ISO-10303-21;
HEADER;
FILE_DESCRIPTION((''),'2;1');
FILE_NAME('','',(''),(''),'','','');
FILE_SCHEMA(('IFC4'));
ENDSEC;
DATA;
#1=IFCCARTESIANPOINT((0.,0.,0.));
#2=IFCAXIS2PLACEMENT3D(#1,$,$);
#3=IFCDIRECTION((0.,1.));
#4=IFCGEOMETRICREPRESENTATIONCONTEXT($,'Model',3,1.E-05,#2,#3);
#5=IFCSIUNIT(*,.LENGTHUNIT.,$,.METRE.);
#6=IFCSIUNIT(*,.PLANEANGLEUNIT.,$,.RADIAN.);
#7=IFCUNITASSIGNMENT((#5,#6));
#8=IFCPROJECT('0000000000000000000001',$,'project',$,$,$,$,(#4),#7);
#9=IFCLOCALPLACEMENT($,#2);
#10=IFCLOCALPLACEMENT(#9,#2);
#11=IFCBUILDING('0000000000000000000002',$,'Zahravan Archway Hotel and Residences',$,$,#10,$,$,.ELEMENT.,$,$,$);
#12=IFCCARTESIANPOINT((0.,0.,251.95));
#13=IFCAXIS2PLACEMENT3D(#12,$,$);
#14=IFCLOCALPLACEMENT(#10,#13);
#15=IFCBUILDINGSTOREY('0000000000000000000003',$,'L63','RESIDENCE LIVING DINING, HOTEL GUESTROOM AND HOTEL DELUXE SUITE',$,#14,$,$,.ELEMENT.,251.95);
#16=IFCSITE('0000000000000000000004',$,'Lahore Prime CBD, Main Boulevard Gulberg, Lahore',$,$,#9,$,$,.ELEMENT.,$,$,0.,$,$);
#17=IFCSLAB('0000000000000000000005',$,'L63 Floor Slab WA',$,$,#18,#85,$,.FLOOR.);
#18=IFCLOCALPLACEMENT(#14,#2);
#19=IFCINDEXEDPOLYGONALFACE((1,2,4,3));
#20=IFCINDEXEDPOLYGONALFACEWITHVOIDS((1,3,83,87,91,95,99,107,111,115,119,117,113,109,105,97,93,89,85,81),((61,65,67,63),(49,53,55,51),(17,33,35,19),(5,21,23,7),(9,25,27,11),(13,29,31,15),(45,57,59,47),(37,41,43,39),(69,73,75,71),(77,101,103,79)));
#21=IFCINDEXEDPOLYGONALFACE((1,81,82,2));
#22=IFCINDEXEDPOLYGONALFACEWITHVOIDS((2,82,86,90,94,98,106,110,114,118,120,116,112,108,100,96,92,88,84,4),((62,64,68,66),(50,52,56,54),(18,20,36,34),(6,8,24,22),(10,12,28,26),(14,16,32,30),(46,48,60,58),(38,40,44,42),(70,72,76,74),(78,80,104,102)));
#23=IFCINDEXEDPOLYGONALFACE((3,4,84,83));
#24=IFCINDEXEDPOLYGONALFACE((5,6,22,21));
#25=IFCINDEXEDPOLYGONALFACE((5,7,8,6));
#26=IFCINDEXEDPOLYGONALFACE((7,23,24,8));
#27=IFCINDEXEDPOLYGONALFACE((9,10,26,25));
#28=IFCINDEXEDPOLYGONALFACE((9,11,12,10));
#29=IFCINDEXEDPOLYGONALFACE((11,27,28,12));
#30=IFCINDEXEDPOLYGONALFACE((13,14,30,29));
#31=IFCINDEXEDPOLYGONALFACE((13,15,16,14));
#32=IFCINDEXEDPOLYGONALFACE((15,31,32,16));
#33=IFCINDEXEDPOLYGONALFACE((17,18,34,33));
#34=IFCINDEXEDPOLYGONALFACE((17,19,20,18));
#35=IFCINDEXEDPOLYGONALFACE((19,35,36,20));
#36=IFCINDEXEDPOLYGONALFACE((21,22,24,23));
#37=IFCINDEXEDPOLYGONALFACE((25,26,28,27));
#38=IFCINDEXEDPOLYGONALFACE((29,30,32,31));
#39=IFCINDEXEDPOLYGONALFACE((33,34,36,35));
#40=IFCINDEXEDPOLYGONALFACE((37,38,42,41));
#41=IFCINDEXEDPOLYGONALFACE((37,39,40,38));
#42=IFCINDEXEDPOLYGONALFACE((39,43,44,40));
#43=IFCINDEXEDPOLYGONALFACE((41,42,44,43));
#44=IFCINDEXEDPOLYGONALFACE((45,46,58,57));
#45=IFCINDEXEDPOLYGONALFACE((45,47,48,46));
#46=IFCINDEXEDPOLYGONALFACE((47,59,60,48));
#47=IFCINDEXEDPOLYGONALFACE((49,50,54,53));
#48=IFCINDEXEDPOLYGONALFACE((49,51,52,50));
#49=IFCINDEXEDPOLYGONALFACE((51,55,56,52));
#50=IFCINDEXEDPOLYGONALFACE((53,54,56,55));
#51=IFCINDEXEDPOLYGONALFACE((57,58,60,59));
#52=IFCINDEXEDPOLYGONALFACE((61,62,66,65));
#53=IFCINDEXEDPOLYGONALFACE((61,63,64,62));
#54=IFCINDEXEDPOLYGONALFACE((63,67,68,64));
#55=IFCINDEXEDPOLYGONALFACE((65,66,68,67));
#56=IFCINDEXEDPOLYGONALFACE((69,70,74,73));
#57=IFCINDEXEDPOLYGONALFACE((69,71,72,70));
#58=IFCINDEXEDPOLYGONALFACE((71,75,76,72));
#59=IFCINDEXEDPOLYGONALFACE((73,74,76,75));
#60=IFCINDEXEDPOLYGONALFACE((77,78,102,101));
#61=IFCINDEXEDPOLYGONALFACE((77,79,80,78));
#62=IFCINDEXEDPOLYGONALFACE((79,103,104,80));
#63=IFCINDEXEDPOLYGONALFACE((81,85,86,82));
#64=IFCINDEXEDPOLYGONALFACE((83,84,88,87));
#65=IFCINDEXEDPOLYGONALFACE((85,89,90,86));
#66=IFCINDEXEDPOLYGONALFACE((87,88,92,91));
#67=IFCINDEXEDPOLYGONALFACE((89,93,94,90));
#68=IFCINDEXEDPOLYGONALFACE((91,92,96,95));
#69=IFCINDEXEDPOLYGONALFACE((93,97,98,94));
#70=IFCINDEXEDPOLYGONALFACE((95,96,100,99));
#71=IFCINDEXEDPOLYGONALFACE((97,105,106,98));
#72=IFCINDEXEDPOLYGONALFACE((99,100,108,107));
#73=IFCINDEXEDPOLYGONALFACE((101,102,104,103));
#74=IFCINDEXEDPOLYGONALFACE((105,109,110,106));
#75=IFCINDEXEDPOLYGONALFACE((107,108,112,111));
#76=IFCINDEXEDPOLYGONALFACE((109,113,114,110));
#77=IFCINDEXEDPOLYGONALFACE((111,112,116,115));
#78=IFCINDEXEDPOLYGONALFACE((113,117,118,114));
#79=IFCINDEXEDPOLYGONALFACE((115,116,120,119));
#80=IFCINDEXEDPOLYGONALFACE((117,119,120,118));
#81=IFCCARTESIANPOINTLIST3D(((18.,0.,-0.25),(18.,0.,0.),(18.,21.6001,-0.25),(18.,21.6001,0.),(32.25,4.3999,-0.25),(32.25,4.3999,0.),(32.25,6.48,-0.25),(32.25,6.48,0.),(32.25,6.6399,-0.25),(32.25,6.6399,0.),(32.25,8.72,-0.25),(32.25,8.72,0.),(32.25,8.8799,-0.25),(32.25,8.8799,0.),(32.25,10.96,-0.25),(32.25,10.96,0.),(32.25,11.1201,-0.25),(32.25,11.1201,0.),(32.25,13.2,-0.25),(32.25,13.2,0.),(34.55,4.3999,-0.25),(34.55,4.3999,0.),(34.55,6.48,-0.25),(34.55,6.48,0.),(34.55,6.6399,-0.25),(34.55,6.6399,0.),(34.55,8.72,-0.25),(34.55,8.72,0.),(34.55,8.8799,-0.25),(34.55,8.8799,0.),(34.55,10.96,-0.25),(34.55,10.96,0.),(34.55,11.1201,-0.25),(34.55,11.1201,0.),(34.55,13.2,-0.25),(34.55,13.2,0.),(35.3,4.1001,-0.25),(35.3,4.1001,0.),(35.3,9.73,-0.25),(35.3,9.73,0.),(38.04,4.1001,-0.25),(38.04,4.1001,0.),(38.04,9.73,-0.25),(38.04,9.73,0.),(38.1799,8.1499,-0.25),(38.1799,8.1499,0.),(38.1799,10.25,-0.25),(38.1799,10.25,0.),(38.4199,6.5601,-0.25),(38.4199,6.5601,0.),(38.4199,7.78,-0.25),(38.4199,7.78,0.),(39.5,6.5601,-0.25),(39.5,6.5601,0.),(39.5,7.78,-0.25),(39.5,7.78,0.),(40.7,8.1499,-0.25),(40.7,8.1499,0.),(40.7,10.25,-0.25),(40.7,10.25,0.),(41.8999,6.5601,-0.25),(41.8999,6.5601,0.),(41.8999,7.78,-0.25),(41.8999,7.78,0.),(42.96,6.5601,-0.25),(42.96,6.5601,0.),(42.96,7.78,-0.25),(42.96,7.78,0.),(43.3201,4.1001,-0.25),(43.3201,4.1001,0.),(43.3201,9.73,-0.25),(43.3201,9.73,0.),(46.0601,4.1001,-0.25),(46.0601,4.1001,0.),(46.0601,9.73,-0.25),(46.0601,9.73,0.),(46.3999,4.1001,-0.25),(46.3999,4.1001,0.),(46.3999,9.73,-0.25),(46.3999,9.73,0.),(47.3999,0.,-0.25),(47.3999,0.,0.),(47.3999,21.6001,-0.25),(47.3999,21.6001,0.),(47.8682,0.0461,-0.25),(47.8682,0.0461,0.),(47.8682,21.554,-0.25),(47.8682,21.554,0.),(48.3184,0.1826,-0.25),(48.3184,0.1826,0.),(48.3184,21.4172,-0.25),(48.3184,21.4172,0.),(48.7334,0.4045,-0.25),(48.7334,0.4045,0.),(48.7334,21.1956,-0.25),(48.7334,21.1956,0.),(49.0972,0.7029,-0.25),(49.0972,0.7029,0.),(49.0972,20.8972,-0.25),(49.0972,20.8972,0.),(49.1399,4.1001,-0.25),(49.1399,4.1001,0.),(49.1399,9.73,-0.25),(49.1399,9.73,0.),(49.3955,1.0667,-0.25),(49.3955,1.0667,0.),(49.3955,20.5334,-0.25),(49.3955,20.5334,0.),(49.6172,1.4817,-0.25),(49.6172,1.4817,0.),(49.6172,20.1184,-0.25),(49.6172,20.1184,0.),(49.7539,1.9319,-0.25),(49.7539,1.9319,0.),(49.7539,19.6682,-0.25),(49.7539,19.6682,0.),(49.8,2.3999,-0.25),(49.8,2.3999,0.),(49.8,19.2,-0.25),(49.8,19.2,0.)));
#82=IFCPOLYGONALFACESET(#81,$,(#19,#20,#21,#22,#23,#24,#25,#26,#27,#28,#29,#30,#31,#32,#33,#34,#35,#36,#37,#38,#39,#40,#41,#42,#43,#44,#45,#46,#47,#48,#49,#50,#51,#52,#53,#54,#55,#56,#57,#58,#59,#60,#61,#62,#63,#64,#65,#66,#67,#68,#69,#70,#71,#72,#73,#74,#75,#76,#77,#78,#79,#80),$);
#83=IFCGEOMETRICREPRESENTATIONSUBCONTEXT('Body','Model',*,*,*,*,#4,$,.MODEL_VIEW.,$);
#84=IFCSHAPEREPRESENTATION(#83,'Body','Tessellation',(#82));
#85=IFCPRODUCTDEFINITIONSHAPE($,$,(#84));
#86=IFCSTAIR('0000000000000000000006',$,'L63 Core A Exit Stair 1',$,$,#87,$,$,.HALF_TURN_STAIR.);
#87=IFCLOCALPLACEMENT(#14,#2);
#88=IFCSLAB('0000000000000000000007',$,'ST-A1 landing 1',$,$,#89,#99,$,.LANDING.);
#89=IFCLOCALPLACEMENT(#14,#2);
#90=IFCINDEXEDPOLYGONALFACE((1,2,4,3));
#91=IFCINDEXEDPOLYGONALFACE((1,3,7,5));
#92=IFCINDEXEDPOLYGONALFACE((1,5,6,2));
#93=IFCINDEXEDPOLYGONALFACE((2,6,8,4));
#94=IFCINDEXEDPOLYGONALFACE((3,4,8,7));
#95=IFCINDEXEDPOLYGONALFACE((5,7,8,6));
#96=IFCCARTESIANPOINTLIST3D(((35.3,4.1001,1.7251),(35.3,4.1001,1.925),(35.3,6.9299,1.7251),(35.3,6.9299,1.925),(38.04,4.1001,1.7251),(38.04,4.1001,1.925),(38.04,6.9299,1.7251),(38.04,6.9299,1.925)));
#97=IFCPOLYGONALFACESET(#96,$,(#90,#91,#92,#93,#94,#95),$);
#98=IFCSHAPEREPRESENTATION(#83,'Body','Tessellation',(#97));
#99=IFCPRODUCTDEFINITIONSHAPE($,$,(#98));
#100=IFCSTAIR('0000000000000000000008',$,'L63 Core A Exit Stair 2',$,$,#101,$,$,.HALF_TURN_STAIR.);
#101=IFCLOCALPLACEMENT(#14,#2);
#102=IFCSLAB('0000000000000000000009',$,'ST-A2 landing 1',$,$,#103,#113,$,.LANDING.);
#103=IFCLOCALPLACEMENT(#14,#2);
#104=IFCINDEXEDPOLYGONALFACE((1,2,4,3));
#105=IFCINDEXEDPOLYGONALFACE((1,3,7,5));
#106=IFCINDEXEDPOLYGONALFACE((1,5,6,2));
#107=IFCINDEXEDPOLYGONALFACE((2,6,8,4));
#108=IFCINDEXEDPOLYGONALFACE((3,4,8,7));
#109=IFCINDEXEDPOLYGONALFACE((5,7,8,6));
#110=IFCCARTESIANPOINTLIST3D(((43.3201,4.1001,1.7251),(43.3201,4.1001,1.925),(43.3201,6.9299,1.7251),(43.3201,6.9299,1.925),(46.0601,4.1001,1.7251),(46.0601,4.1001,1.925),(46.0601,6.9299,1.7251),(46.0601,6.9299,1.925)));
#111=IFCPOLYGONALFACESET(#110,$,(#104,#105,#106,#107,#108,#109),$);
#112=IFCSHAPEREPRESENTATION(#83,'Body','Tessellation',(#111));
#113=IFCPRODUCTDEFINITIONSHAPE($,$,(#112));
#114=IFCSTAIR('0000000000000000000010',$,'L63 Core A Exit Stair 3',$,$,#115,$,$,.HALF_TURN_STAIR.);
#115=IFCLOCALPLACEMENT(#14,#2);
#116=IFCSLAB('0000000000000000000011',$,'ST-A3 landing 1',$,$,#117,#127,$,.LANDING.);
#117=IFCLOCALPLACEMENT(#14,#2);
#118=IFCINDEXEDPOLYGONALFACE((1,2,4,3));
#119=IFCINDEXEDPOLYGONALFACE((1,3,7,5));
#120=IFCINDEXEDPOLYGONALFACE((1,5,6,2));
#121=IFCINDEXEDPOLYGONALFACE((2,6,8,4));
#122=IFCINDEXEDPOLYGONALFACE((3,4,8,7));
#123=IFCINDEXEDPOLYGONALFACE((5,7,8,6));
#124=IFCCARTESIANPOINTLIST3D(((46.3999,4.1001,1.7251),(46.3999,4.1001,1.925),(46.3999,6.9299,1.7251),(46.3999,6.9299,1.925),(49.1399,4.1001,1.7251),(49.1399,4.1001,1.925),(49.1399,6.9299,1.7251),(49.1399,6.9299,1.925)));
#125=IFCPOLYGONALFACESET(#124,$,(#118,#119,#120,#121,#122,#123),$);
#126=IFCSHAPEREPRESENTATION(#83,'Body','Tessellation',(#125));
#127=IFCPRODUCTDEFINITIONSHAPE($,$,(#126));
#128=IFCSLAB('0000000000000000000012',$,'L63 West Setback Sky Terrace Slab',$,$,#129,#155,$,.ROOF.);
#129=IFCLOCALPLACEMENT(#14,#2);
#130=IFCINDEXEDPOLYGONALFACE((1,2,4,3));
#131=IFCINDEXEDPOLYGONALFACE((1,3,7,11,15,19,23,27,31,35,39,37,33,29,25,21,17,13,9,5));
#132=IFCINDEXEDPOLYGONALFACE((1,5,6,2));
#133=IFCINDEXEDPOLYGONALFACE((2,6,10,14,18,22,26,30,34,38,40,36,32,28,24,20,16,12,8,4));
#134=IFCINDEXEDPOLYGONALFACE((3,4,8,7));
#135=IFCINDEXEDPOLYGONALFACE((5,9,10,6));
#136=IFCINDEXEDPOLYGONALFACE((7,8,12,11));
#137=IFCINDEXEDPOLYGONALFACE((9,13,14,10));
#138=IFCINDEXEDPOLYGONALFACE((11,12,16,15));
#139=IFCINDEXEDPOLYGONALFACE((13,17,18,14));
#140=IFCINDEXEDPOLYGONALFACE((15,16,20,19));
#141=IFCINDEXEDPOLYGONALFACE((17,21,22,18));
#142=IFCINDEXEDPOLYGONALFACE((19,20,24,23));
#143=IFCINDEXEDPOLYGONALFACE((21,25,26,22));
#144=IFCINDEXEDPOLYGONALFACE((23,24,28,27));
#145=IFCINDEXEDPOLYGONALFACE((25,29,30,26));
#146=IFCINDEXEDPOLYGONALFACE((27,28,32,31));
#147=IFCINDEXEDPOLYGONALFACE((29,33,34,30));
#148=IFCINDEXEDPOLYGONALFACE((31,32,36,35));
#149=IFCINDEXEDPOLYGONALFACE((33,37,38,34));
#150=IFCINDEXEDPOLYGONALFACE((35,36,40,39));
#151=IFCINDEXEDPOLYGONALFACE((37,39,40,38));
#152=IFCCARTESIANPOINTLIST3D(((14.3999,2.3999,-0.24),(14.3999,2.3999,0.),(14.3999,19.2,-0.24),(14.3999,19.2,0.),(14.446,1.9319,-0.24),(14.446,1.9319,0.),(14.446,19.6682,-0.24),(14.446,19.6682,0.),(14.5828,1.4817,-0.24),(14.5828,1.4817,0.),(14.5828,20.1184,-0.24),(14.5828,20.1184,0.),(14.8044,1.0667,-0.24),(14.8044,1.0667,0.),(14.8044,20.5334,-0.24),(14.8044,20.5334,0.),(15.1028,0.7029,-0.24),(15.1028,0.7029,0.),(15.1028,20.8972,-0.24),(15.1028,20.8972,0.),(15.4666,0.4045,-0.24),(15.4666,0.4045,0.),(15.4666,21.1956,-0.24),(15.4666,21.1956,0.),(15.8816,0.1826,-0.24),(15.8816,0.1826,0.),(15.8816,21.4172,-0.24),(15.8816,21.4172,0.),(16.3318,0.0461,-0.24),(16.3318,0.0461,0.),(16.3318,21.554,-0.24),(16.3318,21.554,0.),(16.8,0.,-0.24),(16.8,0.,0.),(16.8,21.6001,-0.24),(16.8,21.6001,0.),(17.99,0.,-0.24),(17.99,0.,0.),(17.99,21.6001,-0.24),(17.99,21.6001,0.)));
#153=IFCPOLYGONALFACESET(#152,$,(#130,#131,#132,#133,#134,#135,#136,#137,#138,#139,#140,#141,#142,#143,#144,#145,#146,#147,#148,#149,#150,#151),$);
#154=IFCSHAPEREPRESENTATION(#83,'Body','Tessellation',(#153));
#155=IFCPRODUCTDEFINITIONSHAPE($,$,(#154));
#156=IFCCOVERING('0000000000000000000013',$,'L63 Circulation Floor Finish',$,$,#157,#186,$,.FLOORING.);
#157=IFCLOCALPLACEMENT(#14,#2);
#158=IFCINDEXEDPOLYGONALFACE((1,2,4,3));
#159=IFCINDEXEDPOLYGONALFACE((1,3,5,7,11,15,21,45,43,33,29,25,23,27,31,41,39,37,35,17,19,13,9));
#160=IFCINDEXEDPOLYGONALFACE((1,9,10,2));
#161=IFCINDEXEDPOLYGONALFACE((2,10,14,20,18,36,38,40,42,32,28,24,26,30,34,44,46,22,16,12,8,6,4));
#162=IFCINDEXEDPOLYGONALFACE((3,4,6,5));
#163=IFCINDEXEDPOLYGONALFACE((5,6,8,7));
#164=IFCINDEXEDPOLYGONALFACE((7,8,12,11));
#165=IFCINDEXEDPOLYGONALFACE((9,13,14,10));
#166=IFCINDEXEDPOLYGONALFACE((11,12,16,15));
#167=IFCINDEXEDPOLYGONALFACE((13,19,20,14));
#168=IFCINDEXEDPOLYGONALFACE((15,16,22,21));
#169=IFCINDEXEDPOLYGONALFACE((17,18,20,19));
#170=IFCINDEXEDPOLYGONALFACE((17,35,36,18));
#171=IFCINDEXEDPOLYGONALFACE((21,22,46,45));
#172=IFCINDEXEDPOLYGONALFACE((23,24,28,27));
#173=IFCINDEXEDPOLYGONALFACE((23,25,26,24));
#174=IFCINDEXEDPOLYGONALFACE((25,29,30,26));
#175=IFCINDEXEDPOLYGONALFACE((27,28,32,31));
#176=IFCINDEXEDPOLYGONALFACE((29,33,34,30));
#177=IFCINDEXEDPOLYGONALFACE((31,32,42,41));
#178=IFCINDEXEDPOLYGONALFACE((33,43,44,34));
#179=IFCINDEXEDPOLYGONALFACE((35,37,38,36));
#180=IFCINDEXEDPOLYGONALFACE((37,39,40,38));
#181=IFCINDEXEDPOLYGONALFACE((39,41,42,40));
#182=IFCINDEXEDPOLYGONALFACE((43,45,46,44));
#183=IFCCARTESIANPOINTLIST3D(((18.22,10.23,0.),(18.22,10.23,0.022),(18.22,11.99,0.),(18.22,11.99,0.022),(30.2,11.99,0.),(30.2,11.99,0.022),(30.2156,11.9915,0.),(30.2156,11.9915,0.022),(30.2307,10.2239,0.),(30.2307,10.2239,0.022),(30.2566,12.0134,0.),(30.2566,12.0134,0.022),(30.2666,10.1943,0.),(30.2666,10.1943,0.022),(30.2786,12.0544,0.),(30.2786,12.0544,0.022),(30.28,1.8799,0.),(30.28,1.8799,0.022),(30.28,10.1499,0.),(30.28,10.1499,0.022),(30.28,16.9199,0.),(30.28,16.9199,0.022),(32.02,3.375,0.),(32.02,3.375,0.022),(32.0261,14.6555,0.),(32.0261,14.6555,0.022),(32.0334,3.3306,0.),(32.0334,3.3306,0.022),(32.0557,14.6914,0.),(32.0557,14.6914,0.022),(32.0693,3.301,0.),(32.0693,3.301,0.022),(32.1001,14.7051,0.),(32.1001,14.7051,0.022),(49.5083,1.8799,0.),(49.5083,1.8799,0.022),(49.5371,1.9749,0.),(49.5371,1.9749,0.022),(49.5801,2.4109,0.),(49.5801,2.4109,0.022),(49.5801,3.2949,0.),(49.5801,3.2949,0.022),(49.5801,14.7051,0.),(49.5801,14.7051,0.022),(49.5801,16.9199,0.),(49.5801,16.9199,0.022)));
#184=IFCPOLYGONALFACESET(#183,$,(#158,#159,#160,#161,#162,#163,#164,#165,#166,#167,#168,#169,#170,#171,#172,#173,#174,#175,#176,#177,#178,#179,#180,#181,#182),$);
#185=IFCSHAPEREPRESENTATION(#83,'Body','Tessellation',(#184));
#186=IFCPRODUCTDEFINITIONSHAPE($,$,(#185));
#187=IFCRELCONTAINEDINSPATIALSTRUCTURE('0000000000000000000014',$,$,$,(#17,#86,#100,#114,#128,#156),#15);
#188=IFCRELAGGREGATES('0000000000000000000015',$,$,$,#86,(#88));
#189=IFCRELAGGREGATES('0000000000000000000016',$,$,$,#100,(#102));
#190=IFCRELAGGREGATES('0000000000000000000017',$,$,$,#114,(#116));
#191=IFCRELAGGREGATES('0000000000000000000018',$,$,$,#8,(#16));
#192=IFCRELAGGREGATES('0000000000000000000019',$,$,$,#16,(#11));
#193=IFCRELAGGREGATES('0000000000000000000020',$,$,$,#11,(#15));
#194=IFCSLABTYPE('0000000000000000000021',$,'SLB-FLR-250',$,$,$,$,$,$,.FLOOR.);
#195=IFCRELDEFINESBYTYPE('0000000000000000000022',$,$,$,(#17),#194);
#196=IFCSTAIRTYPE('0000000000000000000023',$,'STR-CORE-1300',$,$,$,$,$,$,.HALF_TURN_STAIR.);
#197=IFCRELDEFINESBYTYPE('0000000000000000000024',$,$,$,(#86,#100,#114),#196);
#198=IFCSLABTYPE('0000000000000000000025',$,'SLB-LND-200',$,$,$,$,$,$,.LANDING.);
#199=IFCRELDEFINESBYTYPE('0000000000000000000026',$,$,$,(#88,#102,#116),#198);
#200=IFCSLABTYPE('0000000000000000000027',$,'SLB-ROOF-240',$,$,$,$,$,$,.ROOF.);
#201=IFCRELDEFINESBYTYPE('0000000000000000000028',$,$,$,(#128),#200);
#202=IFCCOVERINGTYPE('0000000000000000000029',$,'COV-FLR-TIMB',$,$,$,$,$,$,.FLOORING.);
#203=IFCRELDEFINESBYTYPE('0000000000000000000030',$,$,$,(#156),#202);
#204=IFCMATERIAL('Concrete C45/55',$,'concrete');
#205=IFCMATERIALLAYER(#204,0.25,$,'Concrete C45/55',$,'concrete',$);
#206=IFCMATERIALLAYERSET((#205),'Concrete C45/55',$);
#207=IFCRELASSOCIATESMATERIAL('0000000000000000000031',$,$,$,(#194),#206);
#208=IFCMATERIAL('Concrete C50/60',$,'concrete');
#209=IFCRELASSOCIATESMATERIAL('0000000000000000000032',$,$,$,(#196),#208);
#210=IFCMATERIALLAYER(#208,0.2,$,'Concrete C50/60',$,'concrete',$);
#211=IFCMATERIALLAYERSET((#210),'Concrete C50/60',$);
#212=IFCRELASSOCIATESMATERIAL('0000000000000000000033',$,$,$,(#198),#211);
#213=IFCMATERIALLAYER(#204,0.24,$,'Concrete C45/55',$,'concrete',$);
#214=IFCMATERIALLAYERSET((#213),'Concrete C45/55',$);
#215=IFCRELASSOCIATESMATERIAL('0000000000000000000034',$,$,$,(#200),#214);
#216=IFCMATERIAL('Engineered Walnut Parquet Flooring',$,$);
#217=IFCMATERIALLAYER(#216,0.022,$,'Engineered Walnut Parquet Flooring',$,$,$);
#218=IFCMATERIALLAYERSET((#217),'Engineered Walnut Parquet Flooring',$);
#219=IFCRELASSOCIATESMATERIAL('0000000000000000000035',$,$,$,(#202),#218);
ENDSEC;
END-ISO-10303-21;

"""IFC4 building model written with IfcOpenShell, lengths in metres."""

from ifc_helpers import new_model, si_unit, direction, frame, origin, place, context, subcontext, project, spatial, polyline, outline, extrude, material, layer, layer_set, type_object, element, aggregate, save


model = new_model("IFC4")

# Units and contexts
model_context = context("Model", 3, precision=1e-05, world=origin(), true_north=direction((0.0, 1.0)))
body_context = subcontext(model_context, "Body", "Model", "MODEL_VIEW")
ifc_project = project(units=[si_unit("LENGTHUNIT", "METRE"), si_unit("PLANEANGLEUNIT", "RADIAN")], contexts=[model_context])

# Site, building, storey
site_placement = place(None, origin())
site = spatial("IfcSite", under=ifc_project, at=site_placement, Name="Lahore Prime CBD, Main Boulevard Gulberg, Lahore", CompositionType="ELEMENT", RefElevation=0.0)
building_placement = place(site_placement, origin())
building = spatial("IfcBuilding", under=site, at=building_placement, Name="Zahravan Archway Hotel and Residences", CompositionType="ELEMENT")
storey_placement = place(building_placement, frame((0.0, 0.0, 251.95)))
storey = spatial("IfcBuildingStorey", under=building, at=storey_placement, Name="L63", Description="RESIDENCE LIVING DINING, HOTEL GUESTROOM AND HOTEL DELUXE SUITE", CompositionType="ELEMENT", Elevation=251.95)

# Slab
ifc_material_1 = material(Name="Concrete C45/55", Category="concrete")
ifc_layer_1 = layer(ifc_material_1, 0.25, Name="Concrete C45/55", Category="concrete")
ifc_layer_set_1 = layer_set([ifc_layer_1], Name="Concrete C45/55")
slab_type_1 = type_object("IfcSlabType", Name="SLB-FLR-250", PredefinedType="FLOOR", material=ifc_layer_set_1)
slab_1_placement = place(storey_placement, frame((0.0, 0.0, -0.25)))
element("IfcSlab", 1, at=slab_1_placement, inside=storey, type_object=slab_type_1, Name="L63 Floor Slab WA", PredefinedType="FLOOR", context=body_context, shape_type="SweptSolid", body=[
    extrude(outline(polyline([(18.0, 0.0), (47.3999, 0.0), (47.8682, 0.0461), (48.3184, 0.1826), (48.7334, 0.4045), (49.0972, 0.7029), (49.3955, 1.0667), (49.6172, 1.4817), (49.7539, 1.9319), (49.8, 2.3999), (49.8, 19.2), (49.7539, 19.6682), (49.6172, 20.1184), (49.3955, 20.5334), (49.0972, 20.8972), (48.7334, 21.1956), (48.3184, 21.4172), (47.8682, 21.554), (47.3999, 21.6001), (18.0, 21.6001), (18.0, 0.0)]), holes=[polyline([(35.3, 9.73), (35.3, 4.1001), (38.04, 4.1001), (38.04, 9.73), (35.3, 9.73)]), polyline([(43.3201, 9.73), (43.3201, 4.1001), (46.0601, 4.1001), (46.0601, 9.73), (43.3201, 9.73)]), polyline([(46.3999, 9.73), (46.3999, 4.1001), (49.1399, 4.1001), (49.1399, 9.73), (46.3999, 9.73)]), polyline([(38.1799, 8.1499), (40.7, 8.1499), (40.7, 10.25), (38.1799, 10.25), (38.1799, 8.1499)]), polyline([(32.25, 4.3999), (34.55, 4.3999), (34.55, 6.48), (32.25, 6.48), (32.25, 4.3999)]), polyline([(32.25, 6.6399), (34.55, 6.6399), (34.55, 8.72), (32.25, 8.72), (32.25, 6.6399)]), polyline([(32.25, 8.8799), (34.55, 8.8799), (34.55, 10.96), (32.25, 10.96), (32.25, 8.8799)]), polyline([(32.25, 11.1201), (34.55, 11.1201), (34.55, 13.2), (32.25, 13.2), (32.25, 11.1201)]), polyline([(38.4199, 6.5601), (39.5, 6.5601), (39.5, 7.78), (38.4199, 7.78), (38.4199, 6.5601)]), polyline([(41.8999, 6.5601), (42.96, 6.5601), (42.96, 7.78), (41.8999, 7.78), (41.8999, 6.5601)])]), origin(), (0.0, 0.0, 1.0), 0.25),
])

# Stairs, slabs
ifc_material_2 = material(Name="Concrete C50/60", Category="concrete")
stair_type = type_object("IfcStairType", Name="STR-CORE-1300", PredefinedType="HALF_TURN_STAIR", material=ifc_material_2)
stair_1_placement = place(storey_placement, origin())
stair_1 = element("IfcStair", 2, at=stair_1_placement, inside=storey, type_object=stair_type, Name="L63 Core A Exit Stair 1", PredefinedType="HALF_TURN_STAIR")
ifc_layer_2 = layer(ifc_material_2, 0.2, Name="Concrete C50/60", Category="concrete")
ifc_layer_set_2 = layer_set([ifc_layer_2], Name="Concrete C50/60")
slab_type_2 = type_object("IfcSlabType", Name="SLB-LND-200", PredefinedType="LANDING", material=ifc_layer_set_2)
slab_2_placement = place(storey_placement, frame((0.0, 0.0, 1.7251)))
slab_2 = element("IfcSlab", 3, at=slab_2_placement, type_object=slab_type_2, Name="ST-A1 landing 1", PredefinedType="LANDING", context=body_context, shape_type="SweptSolid", body=[
    extrude(outline(polyline([(35.3, 6.9299), (35.3, 4.1001), (38.04, 4.1001), (38.04, 6.9299), (35.3, 6.9299)])), origin(), (0.0, 0.0, 1.0), 0.2),
])
aggregate(stair_1, [slab_2])
stair_2_placement = place(storey_placement, origin())
stair_2 = element("IfcStair", 4, at=stair_2_placement, inside=storey, type_object=stair_type, Name="L63 Core A Exit Stair 2", PredefinedType="HALF_TURN_STAIR")
slab_3_placement = place(storey_placement, frame((0.0, 0.0, 1.7251)))
slab_3 = element("IfcSlab", 5, at=slab_3_placement, type_object=slab_type_2, Name="ST-A2 landing 1", PredefinedType="LANDING", context=body_context, shape_type="SweptSolid", body=[
    extrude(outline(polyline([(43.3201, 6.9299), (43.3201, 4.1001), (46.0601, 4.1001), (46.0601, 6.9299), (43.3201, 6.9299)])), origin(), (0.0, 0.0, 1.0), 0.2),
])
aggregate(stair_2, [slab_3])
stair_3_placement = place(storey_placement, origin())
stair_3 = element("IfcStair", 6, at=stair_3_placement, inside=storey, type_object=stair_type, Name="L63 Core A Exit Stair 3", PredefinedType="HALF_TURN_STAIR")
slab_4_placement = place(storey_placement, frame((0.0, 0.0, 1.7251)))
slab_4 = element("IfcSlab", 7, at=slab_4_placement, type_object=slab_type_2, Name="ST-A3 landing 1", PredefinedType="LANDING", context=body_context, shape_type="SweptSolid", body=[
    extrude(outline(polyline([(46.3999, 6.9299), (46.3999, 4.1001), (49.1399, 4.1001), (49.1399, 6.9299), (46.3999, 6.9299)])), origin(), (0.0, 0.0, 1.0), 0.2),
])
aggregate(stair_3, [slab_4])

# Slab
ifc_layer_3 = layer(ifc_material_1, 0.24, Name="Concrete C45/55", Category="concrete")
ifc_layer_set_3 = layer_set([ifc_layer_3], Name="Concrete C45/55")
slab_type_3 = type_object("IfcSlabType", Name="SLB-ROOF-240", PredefinedType="ROOF", material=ifc_layer_set_3)
slab_5_placement = place(storey_placement, frame((0.0, 0.0, -0.24)))
element("IfcSlab", 8, at=slab_5_placement, inside=storey, type_object=slab_type_3, Name="L63 West Setback Sky Terrace Slab", PredefinedType="ROOF", context=body_context, shape_type="SweptSolid", body=[
    extrude(outline(polyline([(16.3318, 0.0461), (15.8816, 0.1826), (15.4666, 0.4045), (15.1028, 0.7029), (14.8044, 1.0667), (14.5828, 1.4817), (14.446, 1.9319), (14.3999, 2.3999), (14.3999, 19.2), (14.446, 19.6682), (14.5828, 20.1184), (14.8044, 20.5334), (15.1028, 20.8972), (15.4666, 21.1956), (15.8816, 21.4172), (16.3318, 21.554), (16.8, 21.6001), (17.99, 21.6001), (17.99, 0.0), (16.8, 0.0), (16.3318, 0.0461)])), origin(), (0.0, 0.0, 1.0), 0.24),
])

# Covering
ifc_material_3 = material(Name="Engineered Walnut Parquet Flooring")
ifc_layer_4 = layer(ifc_material_3, 0.022, Name="Engineered Walnut Parquet Flooring")
ifc_layer_set_4 = layer_set([ifc_layer_4], Name="Engineered Walnut Parquet Flooring")
covering_type = type_object("IfcCoveringType", Name="COV-FLR-TIMB", PredefinedType="FLOORING", material=ifc_layer_set_4)
covering_placement = place(storey_placement, origin())
element("IfcCovering", 9, at=covering_placement, inside=storey, type_object=covering_type, Name="L63 Circulation Floor Finish", PredefinedType="FLOORING", context=body_context, shape_type="SweptSolid", body=[
    extrude(outline(polyline([(30.2156, 11.9915), (30.2566, 12.0134), (30.2786, 12.0544), (30.28, 16.9199), (49.5801, 16.9199), (49.5801, 14.7051), (32.1001, 14.7051), (32.0557, 14.6914), (32.0261, 14.6555), (32.02, 3.375), (32.0334, 3.3306), (32.0693, 3.301), (49.5801, 3.2949), (49.5801, 2.4109), (49.5371, 1.9749), (49.5083, 1.8799), (30.28, 1.8799), (30.28, 10.1499), (30.2666, 10.1943), (30.2307, 10.2239), (18.22, 10.23), (18.22, 11.99), (30.2, 11.99), (30.2156, 11.9915)])), origin(), (0.0, 0.0, 1.0), 0.022),
])

save(model, "model.ifc")
